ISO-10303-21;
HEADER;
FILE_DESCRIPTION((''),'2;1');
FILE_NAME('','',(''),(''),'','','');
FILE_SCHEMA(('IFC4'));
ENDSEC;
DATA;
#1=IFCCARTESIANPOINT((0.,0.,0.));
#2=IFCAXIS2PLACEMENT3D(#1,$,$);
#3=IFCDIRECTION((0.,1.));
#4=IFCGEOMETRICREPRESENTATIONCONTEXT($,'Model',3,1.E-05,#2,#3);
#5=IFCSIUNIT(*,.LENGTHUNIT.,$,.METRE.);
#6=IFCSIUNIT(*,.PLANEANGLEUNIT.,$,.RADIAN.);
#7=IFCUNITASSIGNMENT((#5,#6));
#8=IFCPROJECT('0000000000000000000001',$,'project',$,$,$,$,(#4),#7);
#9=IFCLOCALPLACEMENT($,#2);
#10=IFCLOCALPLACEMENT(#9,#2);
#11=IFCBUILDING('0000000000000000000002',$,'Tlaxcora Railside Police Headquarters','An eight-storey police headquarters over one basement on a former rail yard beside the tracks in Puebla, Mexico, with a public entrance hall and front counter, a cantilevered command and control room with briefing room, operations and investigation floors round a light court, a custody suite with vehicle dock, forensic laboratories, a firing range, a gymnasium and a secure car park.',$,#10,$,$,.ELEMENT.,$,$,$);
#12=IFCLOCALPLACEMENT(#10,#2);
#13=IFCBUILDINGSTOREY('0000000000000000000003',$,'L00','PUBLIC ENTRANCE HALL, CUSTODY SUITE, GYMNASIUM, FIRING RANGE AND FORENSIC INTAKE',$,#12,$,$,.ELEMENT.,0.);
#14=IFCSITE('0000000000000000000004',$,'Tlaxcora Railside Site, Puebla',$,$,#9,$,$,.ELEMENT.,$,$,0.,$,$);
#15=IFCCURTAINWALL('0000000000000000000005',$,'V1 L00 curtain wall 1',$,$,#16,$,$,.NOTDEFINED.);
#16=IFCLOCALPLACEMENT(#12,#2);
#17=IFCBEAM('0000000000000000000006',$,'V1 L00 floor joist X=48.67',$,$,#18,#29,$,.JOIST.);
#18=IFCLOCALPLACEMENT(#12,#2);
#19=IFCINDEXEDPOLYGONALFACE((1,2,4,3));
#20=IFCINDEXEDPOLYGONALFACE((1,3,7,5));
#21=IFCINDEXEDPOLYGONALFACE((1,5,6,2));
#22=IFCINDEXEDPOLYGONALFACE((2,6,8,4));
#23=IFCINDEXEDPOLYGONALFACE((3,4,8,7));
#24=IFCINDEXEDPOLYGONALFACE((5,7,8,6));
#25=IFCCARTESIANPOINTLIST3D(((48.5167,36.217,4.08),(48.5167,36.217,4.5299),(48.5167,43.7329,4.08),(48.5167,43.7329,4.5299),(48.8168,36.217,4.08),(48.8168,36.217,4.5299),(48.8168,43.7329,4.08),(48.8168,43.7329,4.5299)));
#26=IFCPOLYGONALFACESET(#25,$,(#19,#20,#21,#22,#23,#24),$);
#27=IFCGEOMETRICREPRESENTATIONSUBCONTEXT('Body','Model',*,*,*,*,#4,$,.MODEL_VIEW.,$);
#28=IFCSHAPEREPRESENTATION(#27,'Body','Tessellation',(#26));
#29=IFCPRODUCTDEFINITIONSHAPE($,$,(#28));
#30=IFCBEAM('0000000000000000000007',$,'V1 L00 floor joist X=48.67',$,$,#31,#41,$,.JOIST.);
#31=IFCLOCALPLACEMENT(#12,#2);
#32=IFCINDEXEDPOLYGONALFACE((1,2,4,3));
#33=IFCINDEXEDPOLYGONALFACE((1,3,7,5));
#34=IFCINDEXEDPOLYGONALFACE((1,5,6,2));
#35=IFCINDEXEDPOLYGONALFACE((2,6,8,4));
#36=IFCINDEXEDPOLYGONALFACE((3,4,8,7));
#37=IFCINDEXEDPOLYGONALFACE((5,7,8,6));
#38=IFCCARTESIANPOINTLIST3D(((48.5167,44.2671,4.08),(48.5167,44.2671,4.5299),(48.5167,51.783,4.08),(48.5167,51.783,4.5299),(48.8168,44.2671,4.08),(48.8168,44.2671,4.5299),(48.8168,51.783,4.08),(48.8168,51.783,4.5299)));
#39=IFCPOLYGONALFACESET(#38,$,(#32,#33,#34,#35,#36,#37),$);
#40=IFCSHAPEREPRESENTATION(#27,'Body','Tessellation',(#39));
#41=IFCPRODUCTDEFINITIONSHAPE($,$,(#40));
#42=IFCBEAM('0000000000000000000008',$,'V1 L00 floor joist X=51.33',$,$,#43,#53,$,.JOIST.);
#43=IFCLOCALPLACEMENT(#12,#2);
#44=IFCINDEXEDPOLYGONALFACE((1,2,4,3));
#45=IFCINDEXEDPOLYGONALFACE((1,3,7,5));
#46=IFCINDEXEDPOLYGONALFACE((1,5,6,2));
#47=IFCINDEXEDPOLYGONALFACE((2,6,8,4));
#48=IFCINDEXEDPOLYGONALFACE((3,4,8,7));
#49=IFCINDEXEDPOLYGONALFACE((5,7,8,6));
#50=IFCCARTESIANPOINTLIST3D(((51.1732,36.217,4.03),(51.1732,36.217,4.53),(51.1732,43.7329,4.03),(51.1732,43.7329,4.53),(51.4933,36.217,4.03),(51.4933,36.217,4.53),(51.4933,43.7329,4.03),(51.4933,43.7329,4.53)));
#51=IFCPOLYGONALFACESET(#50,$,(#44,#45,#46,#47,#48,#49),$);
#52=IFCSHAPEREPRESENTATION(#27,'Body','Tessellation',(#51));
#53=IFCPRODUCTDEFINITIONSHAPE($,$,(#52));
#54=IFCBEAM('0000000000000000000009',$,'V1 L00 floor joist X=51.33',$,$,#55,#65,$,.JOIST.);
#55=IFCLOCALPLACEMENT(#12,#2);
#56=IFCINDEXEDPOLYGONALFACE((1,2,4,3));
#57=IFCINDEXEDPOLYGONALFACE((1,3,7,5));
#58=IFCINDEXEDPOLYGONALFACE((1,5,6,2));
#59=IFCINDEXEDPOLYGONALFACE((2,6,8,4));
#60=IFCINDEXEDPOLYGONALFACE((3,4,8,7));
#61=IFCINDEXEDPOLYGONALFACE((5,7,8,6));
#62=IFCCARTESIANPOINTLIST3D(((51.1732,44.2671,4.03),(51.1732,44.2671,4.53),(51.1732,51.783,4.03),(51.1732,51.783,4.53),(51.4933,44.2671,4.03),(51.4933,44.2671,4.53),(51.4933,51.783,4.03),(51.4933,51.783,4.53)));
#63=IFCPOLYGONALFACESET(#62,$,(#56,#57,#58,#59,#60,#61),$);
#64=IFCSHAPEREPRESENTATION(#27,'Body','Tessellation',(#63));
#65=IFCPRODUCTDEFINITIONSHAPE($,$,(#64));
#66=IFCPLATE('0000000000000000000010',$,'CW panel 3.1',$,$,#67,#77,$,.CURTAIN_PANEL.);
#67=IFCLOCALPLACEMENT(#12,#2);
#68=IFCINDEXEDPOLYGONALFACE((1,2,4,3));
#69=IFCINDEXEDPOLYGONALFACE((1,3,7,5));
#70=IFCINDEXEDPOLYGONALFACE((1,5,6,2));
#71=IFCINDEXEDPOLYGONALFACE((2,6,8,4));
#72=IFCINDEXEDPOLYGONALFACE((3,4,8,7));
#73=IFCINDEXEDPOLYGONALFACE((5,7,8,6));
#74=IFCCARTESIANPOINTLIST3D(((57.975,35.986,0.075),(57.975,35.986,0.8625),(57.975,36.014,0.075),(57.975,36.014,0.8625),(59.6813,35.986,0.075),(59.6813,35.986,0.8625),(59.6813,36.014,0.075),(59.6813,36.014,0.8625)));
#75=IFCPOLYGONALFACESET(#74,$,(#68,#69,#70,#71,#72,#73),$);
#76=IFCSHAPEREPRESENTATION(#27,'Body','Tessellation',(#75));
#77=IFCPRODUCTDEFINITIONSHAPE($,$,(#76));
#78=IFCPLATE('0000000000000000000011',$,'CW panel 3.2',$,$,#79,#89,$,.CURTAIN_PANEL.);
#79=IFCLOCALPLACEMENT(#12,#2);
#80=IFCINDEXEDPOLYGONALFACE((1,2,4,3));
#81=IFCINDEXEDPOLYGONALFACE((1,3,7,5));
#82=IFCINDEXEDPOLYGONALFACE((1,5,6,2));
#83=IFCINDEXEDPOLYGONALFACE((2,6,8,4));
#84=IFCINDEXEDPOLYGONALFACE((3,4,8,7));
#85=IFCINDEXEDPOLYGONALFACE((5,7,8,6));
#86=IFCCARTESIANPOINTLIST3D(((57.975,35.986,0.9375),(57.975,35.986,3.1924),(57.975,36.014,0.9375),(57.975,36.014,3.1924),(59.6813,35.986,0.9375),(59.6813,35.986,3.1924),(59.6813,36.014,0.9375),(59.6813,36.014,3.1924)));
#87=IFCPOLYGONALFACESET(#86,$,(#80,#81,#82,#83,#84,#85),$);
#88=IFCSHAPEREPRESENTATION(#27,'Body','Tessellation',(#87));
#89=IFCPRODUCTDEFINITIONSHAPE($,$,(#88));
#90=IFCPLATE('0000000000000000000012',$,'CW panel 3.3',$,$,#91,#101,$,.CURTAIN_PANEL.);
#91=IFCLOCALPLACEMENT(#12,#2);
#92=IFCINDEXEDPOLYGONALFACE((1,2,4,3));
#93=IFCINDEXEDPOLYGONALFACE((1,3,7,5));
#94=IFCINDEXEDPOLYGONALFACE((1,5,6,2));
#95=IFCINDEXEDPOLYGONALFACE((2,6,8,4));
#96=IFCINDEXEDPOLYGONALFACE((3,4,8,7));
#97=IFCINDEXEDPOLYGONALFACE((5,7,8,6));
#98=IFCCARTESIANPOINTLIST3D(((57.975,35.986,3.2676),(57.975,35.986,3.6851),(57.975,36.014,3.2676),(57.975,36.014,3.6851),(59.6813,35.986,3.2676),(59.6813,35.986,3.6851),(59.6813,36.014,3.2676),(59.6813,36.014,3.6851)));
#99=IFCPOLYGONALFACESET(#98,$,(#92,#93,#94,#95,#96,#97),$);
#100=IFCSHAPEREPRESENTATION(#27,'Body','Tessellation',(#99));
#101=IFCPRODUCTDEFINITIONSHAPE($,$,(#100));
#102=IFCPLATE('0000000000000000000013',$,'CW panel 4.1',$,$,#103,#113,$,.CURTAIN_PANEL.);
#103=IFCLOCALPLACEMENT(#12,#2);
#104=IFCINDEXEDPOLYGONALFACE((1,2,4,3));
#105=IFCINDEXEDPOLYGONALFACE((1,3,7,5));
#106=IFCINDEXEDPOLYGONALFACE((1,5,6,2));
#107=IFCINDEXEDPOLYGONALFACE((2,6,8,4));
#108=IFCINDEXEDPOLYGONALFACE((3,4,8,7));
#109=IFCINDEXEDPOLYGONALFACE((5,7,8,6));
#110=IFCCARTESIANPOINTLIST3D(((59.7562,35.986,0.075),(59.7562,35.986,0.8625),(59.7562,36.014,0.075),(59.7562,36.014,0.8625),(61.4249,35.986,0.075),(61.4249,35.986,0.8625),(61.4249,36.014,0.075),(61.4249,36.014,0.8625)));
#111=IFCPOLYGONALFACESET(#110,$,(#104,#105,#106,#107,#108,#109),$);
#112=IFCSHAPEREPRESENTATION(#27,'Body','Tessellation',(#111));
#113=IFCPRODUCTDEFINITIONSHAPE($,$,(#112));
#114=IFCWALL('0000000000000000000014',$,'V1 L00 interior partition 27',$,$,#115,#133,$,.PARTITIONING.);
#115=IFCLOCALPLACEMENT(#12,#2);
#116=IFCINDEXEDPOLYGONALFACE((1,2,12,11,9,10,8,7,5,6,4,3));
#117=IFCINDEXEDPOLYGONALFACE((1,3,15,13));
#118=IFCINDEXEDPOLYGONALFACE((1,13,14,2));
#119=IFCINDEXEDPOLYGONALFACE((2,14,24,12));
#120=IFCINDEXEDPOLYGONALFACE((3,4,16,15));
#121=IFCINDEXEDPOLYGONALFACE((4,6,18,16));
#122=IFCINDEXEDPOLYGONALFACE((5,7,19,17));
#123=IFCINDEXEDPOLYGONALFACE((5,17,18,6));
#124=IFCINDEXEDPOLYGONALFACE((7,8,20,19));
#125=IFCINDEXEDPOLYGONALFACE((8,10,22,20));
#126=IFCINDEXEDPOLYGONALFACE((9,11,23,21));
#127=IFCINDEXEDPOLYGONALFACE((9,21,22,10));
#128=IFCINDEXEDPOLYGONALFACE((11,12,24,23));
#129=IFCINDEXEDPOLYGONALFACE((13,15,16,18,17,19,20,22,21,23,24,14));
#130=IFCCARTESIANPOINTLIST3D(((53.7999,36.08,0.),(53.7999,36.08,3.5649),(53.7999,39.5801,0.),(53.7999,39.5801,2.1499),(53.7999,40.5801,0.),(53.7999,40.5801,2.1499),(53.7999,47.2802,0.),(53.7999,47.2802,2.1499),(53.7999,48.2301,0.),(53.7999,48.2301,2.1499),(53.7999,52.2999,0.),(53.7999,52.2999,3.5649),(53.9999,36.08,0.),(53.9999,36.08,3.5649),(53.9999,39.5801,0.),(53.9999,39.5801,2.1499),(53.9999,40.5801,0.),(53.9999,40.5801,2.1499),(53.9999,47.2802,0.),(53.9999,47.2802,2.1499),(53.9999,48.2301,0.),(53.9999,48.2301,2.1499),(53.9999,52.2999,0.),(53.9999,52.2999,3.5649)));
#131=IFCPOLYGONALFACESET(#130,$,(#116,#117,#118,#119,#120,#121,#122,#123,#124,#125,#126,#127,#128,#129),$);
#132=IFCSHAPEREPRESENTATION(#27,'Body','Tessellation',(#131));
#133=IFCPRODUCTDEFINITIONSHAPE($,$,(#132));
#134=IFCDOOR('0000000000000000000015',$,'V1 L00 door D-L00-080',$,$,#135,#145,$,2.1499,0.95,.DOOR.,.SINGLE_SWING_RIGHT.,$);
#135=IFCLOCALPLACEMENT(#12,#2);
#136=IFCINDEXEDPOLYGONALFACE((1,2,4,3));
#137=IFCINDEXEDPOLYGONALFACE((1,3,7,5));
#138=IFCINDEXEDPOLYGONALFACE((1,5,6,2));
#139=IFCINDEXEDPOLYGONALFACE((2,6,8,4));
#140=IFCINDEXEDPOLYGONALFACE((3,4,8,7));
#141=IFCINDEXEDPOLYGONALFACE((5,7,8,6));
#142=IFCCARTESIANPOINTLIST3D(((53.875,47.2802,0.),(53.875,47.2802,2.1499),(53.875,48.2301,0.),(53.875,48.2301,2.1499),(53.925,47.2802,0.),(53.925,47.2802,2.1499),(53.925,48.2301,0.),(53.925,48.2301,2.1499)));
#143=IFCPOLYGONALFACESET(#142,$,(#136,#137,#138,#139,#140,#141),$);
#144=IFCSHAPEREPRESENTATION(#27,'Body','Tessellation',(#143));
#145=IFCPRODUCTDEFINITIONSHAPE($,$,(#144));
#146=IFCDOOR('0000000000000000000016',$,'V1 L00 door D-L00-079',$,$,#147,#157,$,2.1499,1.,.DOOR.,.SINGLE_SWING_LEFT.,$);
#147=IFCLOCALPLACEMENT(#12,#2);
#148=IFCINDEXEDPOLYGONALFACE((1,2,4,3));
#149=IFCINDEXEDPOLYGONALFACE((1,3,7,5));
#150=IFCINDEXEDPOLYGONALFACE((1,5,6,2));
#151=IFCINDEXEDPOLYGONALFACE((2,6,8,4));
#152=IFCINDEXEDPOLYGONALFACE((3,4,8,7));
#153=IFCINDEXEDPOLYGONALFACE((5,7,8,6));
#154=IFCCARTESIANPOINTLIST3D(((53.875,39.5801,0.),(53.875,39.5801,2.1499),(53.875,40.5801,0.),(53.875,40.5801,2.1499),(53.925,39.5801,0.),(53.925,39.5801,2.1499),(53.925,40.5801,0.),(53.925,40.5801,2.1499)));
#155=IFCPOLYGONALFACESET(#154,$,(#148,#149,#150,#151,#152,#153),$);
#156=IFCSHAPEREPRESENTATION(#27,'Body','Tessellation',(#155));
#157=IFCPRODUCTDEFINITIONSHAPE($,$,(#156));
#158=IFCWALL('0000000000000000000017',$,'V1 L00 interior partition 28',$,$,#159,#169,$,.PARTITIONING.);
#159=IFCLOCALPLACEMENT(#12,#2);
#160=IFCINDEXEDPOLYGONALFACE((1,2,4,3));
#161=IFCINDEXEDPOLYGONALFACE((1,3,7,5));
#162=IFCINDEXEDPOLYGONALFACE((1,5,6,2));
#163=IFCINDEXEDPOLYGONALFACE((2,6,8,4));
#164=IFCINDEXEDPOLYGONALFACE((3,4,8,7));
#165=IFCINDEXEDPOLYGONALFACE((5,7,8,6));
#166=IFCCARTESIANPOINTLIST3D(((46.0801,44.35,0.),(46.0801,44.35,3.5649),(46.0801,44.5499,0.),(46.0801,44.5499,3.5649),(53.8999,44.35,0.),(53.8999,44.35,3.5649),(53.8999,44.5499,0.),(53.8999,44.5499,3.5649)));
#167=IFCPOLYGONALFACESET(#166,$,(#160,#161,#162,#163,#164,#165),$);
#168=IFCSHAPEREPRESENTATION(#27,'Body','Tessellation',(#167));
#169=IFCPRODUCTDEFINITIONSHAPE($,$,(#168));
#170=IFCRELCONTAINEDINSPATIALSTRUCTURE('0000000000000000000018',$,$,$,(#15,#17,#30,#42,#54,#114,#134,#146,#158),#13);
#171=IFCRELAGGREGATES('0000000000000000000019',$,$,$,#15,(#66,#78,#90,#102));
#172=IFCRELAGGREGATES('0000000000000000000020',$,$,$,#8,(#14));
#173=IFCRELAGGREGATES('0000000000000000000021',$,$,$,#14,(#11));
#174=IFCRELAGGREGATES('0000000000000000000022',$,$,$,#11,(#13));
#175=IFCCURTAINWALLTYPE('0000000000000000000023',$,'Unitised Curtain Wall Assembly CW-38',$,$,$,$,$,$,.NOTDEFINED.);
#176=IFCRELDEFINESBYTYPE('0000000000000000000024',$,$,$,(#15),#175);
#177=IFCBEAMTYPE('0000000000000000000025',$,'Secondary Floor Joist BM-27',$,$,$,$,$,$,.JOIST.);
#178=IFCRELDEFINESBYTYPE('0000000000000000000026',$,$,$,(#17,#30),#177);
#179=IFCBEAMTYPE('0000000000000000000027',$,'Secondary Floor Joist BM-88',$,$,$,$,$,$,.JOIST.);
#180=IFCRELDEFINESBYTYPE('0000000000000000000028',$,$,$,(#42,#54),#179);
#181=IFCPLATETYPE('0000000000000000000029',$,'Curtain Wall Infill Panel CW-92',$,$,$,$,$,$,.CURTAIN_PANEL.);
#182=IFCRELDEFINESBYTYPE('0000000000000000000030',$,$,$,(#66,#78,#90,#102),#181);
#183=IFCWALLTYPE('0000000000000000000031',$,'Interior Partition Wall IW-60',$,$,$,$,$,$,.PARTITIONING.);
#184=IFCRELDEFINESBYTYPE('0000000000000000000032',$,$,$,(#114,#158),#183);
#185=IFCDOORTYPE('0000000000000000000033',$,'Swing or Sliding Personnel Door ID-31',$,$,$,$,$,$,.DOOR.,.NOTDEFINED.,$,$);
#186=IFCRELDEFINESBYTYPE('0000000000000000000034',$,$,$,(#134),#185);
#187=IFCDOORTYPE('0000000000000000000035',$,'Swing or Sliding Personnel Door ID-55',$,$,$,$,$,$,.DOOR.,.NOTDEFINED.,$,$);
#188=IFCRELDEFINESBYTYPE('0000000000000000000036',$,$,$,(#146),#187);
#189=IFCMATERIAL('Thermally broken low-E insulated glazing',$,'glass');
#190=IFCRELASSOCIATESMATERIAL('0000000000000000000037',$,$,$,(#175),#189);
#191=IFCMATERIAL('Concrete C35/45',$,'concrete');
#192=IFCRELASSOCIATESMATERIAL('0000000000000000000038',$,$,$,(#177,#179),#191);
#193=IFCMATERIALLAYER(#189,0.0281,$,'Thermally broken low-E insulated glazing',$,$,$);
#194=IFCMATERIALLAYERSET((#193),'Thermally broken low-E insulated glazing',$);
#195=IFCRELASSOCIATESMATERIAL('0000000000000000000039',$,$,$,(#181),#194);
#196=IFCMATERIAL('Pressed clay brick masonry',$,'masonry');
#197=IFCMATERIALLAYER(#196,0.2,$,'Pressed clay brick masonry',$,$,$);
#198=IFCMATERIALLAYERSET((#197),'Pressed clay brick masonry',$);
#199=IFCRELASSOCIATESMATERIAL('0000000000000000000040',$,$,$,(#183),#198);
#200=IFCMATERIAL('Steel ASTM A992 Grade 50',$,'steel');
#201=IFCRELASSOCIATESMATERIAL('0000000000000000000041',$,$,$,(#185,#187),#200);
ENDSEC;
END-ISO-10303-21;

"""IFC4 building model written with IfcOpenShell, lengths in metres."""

from ifc_helpers import new_model, si_unit, direction, frame, frame_2d, origin, origin_2d, place, context, subcontext, project, spatial, rectangle, extrude, material, layer, layer_set, material_profile, profile_set, type_object, element, fill, aggregate, save


model = new_model("IFC4")

# Units and contexts
model_context = context("Model", 3, precision=1e-05, world=origin(), true_north=direction((0.0, 1.0)))
body_context = subcontext(model_context, "Body", "Model", "MODEL_VIEW")
ifc_project = project(units=[si_unit("LENGTHUNIT", "METRE"), si_unit("PLANEANGLEUNIT", "RADIAN")], contexts=[model_context])

# Site, building, storey
site_placement = place(None, origin())
site = spatial("IfcSite", under=ifc_project, at=site_placement, Name="Tlaxcora Railside Site, Puebla", CompositionType="ELEMENT", RefElevation=0.0)
building_placement = place(site_placement, origin())
building = spatial("IfcBuilding", under=site, at=building_placement, Name="Tlaxcora Railside Police Headquarters", Description="An eight-storey police headquarters over one basement on a former rail yard beside the tracks in Puebla, Mexico, with a public entrance hall and front counter, a cantilevered command and control room with briefing room, operations and investigation floors round a light court, a custody suite with vehicle dock, forensic laboratories, a firing range, a gymnasium and a secure car park.", CompositionType="ELEMENT")
storey_placement = place(building_placement, origin())
storey = spatial("IfcBuildingStorey", under=building, at=storey_placement, Name="L00", Description="PUBLIC ENTRANCE HALL, CUSTODY SUITE, GYMNASIUM, FIRING RANGE AND FORENSIC INTAKE", CompositionType="ELEMENT", Elevation=0.0)

# Curtain wall
ifc_material_1 = material(Name="Thermally broken low-E insulated glazing", Category="glass")
curtain_wall_type = type_object("IfcCurtainWallType", Name="Unitised Curtain Wall Assembly CW-38", PredefinedType="NOTDEFINED", material=ifc_material_1)
curtain_wall_placement = place(storey_placement, origin())
curtain_wall = element("IfcCurtainWall", 1, at=curtain_wall_placement, inside=storey, type_object=curtain_wall_type, Name="V1 L00 curtain wall 1", PredefinedType="NOTDEFINED")

# Beams
ifc_material_2 = material(Name="Concrete C35/45", Category="concrete")
ifc_material_profile_1 = material_profile(ifc_material_2, rectangle(XDim=0.3, YDim=0.45, at=origin_2d()), Name="RC300X450")
ifc_profile_set_1 = profile_set([ifc_material_profile_1], Name="Concrete C35/45")
beam_type_1 = type_object("IfcBeamType", Name="Secondary Floor Joist BM-27", PredefinedType="JOIST", material=ifc_profile_set_1)
for number, where, z_axis, x_axis, name in (
    (2, (48.6667, 36.217, 4.3049), (0.0, 1.0, 0.0), (-1.0, 0.0, 0.0), "V1 L00 floor joist X=48.67"),
    (3, (48.6667, 44.2671, 4.3049), (0.0, 1.0, 0.0), (-1.0, 0.0, 0.0), "V1 L00 floor joist X=48.67"),
):
    element("IfcBeam", number, at=place(storey_placement, frame(where, z_axis=z_axis, x_axis=x_axis)), inside=storey, type_object=beam_type_1, Name=name, PredefinedType="JOIST", context=body_context, shape_type="SweptSolid", body=[
        extrude(rectangle(XDim=0.3, YDim=0.45, at=origin_2d()), origin(), (0.0, 0.0, 1.0), 7.5159),
    ])
ifc_material_profile_2 = material_profile(ifc_material_2, rectangle(XDim=0.3201, YDim=0.5, at=origin_2d()), Name="RC320X500")
ifc_profile_set_2 = profile_set([ifc_material_profile_2], Name="Concrete C35/45")
beam_type_2 = type_object("IfcBeamType", Name="Secondary Floor Joist BM-88", PredefinedType="JOIST", material=ifc_profile_set_2)
for number, where, z_axis, x_axis, name in (
    (4, (51.3333, 36.217, 4.28), (0.0, 1.0, 0.0), (-1.0, 0.0, 0.0), "V1 L00 floor joist X=51.33"),
    (5, (51.3333, 44.2671, 4.28), (0.0, 1.0, 0.0), (-1.0, 0.0, 0.0), "V1 L00 floor joist X=51.33"),
):
    element("IfcBeam", number, at=place(storey_placement, frame(where, z_axis=z_axis, x_axis=x_axis)), inside=storey, type_object=beam_type_2, Name=name, PredefinedType="JOIST", context=body_context, shape_type="SweptSolid", body=[
        extrude(rectangle(XDim=0.3201, YDim=0.5, at=origin_2d()), origin(), (0.0, 0.0, 1.0), 7.5159),
    ])

# Plates
ifc_layer_1 = layer(ifc_material_1, 0.0281, Name="Thermally broken low-E insulated glazing")
ifc_layer_set_1 = layer_set([ifc_layer_1], Name="Thermally broken low-E insulated glazing")
plate_type = type_object("IfcPlateType", Name="Curtain Wall Infill Panel CW-92", PredefinedType="CURTAIN_PANEL", material=ifc_layer_set_1)
plate_1_placement = place(storey_placement, frame((58.8281, 36.0, 0.075), z_axis=(0.0, 0.0, 1.0), x_axis=(1.0, 0.0, 0.0)))
plate_1 = element("IfcPlate", 6, at=plate_1_placement, type_object=plate_type, Name="CW panel 3.1", PredefinedType="CURTAIN_PANEL", context=body_context, shape_type="SweptSolid", body=[
    extrude(rectangle(XDim=1.7063, YDim=0.0281, at=origin_2d()), origin(), (0.0, 0.0, 1.0), 0.7876),
])
plate_2_placement = place(storey_placement, frame((58.8281, 36.0, 0.9375), z_axis=(0.0, 0.0, 1.0), x_axis=(1.0, 0.0, 0.0)))
plate_2 = element("IfcPlate", 7, at=plate_2_placement, type_object=plate_type, Name="CW panel 3.2", PredefinedType="CURTAIN_PANEL", context=body_context, shape_type="SweptSolid", body=[
    extrude(rectangle(XDim=1.7063, YDim=0.0281, at=origin_2d()), origin(), (0.0, 0.0, 1.0), 2.2549),
])
plate_3_placement = place(storey_placement, frame((58.8281, 36.0, 3.2676), z_axis=(0.0, 0.0, 1.0), x_axis=(1.0, 0.0, 0.0)))
plate_3 = element("IfcPlate", 8, at=plate_3_placement, type_object=plate_type, Name="CW panel 3.3", PredefinedType="CURTAIN_PANEL", context=body_context, shape_type="SweptSolid", body=[
    extrude(rectangle(XDim=1.7063, YDim=0.0281, at=origin_2d()), origin(), (0.0, 0.0, 1.0), 0.4175),
])
plate_4_placement = place(storey_placement, frame((60.5906, 36.0, 0.075), z_axis=(0.0, 0.0, 1.0), x_axis=(1.0, 0.0, 0.0)))
plate_4 = element("IfcPlate", 9, at=plate_4_placement, type_object=plate_type, Name="CW panel 4.1", PredefinedType="CURTAIN_PANEL", context=body_context, shape_type="SweptSolid", body=[
    extrude(rectangle(XDim=1.6687, YDim=0.0281, at=origin_2d()), origin(), (0.0, 0.0, 1.0), 0.7876),
])
aggregate(curtain_wall, [plate_1, plate_2, plate_3, plate_4])

# Wall, openings, doors
ifc_material_3 = material(Name="Pressed clay brick masonry", Category="masonry")
ifc_layer_2 = layer(ifc_material_3, 0.2, Name="Pressed clay brick masonry")
ifc_layer_set_2 = layer_set([ifc_layer_2], Name="Pressed clay brick masonry")
wall_type_1 = type_object("IfcWallType", Name="Interior Partition Wall IW-60", PredefinedType="PARTITIONING", material=ifc_layer_set_2)
wall_1_placement = place(storey_placement, frame((53.8999, 36.0801, 0.0), z_axis=(0.0, 0.0, 1.0), x_axis=(0.0, 1.0, 0.0)))
wall_1 = element("IfcWall", 10, at=wall_1_placement, inside=storey, type_object=wall_type_1, Name="V1 L00 interior partition 27", PredefinedType="PARTITIONING", context=body_context, shape_type="SweptSolid", body=[
    extrude(rectangle(XDim=16.22, YDim=0.2, at=frame_2d((8.1099, 0.0))), origin(), (0.0, 0.0, 1.0), 3.5649),
])
opening_1_placement = place(wall_1_placement, frame((3.5, 0.0, 0.0)))
opening_1 = element("IfcOpeningElement", 11, at=opening_1_placement, cuts=wall_1, PredefinedType="OPENING", context=body_context, shape_type="SweptSolid", body=[
    extrude(rectangle(XDim=1.0, YDim=2.1499, at=frame_2d((0.5, 1.075))), frame((0.0, 0.1099, 0.0), z_axis=(0.0, -1.0, 0.0), x_axis=(1.0, 0.0, 0.0)), (0.0, 0.0, 1.0), 0.22),
])
opening_2_placement = place(wall_1_placement, frame((11.2, 0.0, 0.0)))
opening_2 = element("IfcOpeningElement", 12, at=opening_2_placement, cuts=wall_1, PredefinedType="OPENING", context=body_context, shape_type="SweptSolid", body=[
    extrude(rectangle(XDim=0.95, YDim=2.1499, at=frame_2d((0.4751, 1.075))), frame((0.0, 0.1099, 0.0), z_axis=(0.0, -1.0, 0.0), x_axis=(1.0, 0.0, 0.0)), (0.0, 0.0, 1.0), 0.22),
])
ifc_material_4 = material(Name="Steel ASTM A992 Grade 50", Category="steel")
door_type_1 = type_object("IfcDoorType", Name="Swing or Sliding Personnel Door ID-31", OperationType="NOTDEFINED", PredefinedType="DOOR", material=ifc_material_4)
door_1_placement = place(opening_2_placement, origin())
door_1 = element("IfcDoor", 13, at=door_1_placement, inside=storey, type_object=door_type_1, Name="V1 L00 door D-L00-080", OperationType="SINGLE_SWING_RIGHT", OverallHeight=2.1499, OverallWidth=0.95, PredefinedType="DOOR", context=body_context, shape_type="SweptSolid", body=[
    extrude(rectangle(XDim=0.95, YDim=2.1499, at=frame_2d((0.4751, 1.075))), frame((0.0, 0.0249, 0.0), z_axis=(0.0, -1.0, 0.0), x_axis=(1.0, 0.0, 0.0)), (0.0, 0.0, 1.0), 0.05),
])
fill(opening_2, door_1)
door_type_2 = type_object("IfcDoorType", Name="Swing or Sliding Personnel Door ID-55", OperationType="NOTDEFINED", PredefinedType="DOOR", material=ifc_material_4)
door_2_placement = place(opening_1_placement, origin())
door_2 = element("IfcDoor", 14, at=door_2_placement, inside=storey, type_object=door_type_2, Name="V1 L00 door D-L00-079", OperationType="SINGLE_SWING_LEFT", OverallHeight=2.1499, OverallWidth=1.0, PredefinedType="DOOR", context=body_context, shape_type="SweptSolid", body=[
    extrude(rectangle(XDim=1.0, YDim=2.1499, at=frame_2d((0.5, 1.075))), frame((0.0, 0.0249, 0.0), z_axis=(0.0, -1.0, 0.0), x_axis=(1.0, 0.0, 0.0)), (0.0, 0.0, 1.0), 0.05),
])
fill(opening_1, door_2)

# Wall
wall_2_placement = place(storey_placement, frame((46.0801, 44.45, 0.0), z_axis=(0.0, 0.0, 1.0), x_axis=(1.0, 0.0, 0.0)))
element("IfcWall", 15, at=wall_2_placement, inside=storey, type_object=wall_type_1, Name="V1 L00 interior partition 28", PredefinedType="PARTITIONING", context=body_context, shape_type="SweptSolid", body=[
    extrude(rectangle(XDim=7.8198, YDim=0.2, at=frame_2d((3.9099, 0.0))), origin(), (0.0, 0.0, 1.0), 3.5649),
])

save(model, "model.ifc")
